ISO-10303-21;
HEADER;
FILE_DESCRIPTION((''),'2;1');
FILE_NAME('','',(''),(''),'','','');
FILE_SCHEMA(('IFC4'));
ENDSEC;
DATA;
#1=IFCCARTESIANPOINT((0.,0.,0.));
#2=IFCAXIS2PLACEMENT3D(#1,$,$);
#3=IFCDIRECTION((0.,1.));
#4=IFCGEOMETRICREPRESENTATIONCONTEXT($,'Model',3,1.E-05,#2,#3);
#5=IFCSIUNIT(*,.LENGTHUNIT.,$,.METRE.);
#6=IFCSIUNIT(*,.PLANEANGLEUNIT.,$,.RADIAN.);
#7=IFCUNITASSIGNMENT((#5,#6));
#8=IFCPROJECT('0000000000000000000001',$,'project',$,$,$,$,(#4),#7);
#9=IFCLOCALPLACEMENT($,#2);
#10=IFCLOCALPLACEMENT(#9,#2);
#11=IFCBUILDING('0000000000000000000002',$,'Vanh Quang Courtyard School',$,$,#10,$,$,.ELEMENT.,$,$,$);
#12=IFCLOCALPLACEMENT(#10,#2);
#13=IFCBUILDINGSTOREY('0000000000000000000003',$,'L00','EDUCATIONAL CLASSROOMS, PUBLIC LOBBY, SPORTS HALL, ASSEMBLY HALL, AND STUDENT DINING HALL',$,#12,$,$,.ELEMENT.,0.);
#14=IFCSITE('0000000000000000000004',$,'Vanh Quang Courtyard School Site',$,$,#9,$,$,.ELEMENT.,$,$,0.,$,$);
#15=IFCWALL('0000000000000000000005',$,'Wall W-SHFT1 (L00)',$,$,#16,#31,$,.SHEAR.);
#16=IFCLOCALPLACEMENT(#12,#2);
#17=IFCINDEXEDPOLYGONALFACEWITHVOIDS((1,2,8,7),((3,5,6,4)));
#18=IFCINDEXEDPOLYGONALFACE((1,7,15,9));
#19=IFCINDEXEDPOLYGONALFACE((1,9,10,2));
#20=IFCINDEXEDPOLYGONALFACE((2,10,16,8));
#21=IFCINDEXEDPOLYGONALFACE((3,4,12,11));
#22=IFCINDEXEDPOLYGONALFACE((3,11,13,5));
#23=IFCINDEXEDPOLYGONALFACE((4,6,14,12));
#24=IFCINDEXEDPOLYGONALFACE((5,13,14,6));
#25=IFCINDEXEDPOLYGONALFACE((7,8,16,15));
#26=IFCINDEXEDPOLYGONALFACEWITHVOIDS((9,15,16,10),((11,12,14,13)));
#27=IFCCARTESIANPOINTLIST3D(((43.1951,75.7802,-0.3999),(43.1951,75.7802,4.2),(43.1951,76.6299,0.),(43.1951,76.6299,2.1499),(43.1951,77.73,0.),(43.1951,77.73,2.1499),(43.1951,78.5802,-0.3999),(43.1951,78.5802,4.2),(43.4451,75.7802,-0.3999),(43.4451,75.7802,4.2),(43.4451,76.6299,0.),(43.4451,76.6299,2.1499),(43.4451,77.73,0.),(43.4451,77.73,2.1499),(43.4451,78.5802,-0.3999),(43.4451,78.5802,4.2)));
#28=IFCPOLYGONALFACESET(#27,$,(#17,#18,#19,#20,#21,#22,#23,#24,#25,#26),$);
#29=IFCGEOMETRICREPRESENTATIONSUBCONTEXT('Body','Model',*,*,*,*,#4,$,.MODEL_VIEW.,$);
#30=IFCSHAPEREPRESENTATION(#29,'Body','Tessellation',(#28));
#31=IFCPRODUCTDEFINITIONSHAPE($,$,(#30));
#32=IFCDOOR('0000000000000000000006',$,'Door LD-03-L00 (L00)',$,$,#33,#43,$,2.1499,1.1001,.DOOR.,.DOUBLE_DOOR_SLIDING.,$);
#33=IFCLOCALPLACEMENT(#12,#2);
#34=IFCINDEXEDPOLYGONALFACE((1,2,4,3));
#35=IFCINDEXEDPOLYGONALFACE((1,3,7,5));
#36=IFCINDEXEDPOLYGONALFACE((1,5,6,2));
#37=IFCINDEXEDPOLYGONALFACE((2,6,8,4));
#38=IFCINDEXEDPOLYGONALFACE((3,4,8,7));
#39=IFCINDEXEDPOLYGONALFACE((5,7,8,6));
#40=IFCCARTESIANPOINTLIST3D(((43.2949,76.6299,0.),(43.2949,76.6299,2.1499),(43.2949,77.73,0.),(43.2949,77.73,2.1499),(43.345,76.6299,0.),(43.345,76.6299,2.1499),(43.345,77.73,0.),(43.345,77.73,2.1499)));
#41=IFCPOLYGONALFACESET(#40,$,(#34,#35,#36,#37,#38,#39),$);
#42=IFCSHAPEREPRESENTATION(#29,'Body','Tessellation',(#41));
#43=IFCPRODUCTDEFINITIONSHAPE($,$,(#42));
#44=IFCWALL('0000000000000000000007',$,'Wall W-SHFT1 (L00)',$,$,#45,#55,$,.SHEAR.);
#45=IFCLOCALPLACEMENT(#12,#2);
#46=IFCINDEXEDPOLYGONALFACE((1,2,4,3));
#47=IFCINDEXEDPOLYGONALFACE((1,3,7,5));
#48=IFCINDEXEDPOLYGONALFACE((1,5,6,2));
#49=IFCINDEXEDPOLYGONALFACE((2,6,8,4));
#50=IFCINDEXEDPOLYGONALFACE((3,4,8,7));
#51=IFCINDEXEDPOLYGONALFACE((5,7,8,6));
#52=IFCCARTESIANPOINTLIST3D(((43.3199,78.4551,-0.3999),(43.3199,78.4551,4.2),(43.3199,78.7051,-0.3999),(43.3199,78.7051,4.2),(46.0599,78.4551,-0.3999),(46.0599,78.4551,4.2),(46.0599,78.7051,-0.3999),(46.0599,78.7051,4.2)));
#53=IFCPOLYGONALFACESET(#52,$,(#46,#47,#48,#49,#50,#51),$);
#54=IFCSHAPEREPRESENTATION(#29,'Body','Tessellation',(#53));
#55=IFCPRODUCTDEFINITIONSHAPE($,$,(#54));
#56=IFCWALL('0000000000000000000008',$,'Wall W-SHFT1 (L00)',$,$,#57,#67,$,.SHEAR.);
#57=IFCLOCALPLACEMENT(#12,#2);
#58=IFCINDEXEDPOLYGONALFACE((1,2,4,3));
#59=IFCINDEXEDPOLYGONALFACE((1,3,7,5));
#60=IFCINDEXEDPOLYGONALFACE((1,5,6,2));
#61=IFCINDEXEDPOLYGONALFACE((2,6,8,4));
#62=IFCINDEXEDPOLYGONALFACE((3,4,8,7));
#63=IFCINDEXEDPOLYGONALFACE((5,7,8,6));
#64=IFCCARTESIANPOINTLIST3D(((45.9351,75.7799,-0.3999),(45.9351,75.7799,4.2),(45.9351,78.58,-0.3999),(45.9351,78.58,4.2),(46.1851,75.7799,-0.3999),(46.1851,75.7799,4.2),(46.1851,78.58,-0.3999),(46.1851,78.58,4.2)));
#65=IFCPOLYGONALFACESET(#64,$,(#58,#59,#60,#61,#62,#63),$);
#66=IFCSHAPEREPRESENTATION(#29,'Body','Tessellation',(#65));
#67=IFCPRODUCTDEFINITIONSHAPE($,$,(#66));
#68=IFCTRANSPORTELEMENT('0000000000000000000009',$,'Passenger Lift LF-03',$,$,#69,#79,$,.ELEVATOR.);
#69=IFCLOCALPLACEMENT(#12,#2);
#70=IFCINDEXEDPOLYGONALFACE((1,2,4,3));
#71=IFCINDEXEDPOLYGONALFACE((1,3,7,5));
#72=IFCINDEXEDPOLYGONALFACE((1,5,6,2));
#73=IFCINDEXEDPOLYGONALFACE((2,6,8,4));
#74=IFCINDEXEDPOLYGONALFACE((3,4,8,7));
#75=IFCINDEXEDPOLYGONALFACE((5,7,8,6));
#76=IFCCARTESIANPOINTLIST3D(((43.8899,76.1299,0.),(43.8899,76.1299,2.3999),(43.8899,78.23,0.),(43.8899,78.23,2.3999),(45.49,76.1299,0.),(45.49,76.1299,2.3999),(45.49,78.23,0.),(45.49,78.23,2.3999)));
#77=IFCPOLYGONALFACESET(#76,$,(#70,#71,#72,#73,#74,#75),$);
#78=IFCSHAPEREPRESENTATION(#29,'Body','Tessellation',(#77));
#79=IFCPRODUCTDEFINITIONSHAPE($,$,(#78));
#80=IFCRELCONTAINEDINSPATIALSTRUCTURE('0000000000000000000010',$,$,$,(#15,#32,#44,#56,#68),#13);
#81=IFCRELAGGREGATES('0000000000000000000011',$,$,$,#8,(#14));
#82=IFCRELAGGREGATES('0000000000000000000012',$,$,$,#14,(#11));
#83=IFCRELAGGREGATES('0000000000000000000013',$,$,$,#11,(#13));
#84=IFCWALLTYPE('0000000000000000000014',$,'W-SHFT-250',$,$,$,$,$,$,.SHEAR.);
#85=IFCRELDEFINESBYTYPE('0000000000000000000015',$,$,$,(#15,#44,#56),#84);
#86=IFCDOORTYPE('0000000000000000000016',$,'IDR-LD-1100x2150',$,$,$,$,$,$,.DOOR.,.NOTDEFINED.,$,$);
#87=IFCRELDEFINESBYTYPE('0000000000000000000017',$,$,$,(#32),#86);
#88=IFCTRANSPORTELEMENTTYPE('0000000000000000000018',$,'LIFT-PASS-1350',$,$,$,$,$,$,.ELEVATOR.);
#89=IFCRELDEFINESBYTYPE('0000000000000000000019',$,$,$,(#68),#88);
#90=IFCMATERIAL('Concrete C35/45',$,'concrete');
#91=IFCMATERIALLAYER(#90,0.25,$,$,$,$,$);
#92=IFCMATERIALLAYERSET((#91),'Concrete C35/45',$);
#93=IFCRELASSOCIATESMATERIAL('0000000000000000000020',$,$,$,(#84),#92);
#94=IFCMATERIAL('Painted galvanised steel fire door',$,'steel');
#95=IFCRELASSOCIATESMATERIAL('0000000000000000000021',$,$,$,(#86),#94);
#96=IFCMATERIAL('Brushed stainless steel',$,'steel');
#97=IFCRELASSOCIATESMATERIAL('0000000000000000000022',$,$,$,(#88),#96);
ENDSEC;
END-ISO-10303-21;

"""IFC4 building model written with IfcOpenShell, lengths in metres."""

from ifc_helpers import new_model, si_unit, direction, frame, frame_2d, origin, origin_2d, place, context, subcontext, project, spatial, rectangle, extrude, material, layer, layer_set, type_object, element, fill, save


model = new_model("IFC4")

# Units and contexts
model_context = context("Model", 3, precision=1e-05, world=origin(), true_north=direction((0.0, 1.0)))
body_context = subcontext(model_context, "Body", "Model", "MODEL_VIEW")
ifc_project = project(units=[si_unit("LENGTHUNIT", "METRE"), si_unit("PLANEANGLEUNIT", "RADIAN")], contexts=[model_context])

# Site, building, storey
site_placement = place(None, origin())
site = spatial("IfcSite", under=ifc_project, at=site_placement, Name="Vanh Quang Courtyard School Site", CompositionType="ELEMENT", RefElevation=0.0)
building_placement = place(site_placement, origin())
building = spatial("IfcBuilding", under=site, at=building_placement, Name="Vanh Quang Courtyard School", CompositionType="ELEMENT")
storey_placement = place(building_placement, origin())
storey = spatial("IfcBuildingStorey", under=building, at=storey_placement, Name="L00", Description="EDUCATIONAL CLASSROOMS, PUBLIC LOBBY, SPORTS HALL, ASSEMBLY HALL, AND STUDENT DINING HALL", CompositionType="ELEMENT", Elevation=0.0)

# Shared definitions
ifc_material_1 = material(Name="Concrete C35/45", Category="concrete")

# Wall, opening, door
ifc_material_2 = material(Name="Painted galvanised steel fire door", Category="steel")
ifc_layer_1 = layer(ifc_material_1, 0.25)
ifc_layer_set_1 = layer_set([ifc_layer_1], Name="Concrete C35/45")
wall_type_1 = type_object("IfcWallType", Name="W-SHFT-250", PredefinedType="SHEAR", material=ifc_layer_set_1)
wall_1_placement = place(storey_placement, frame((43.3201, 78.5801, -0.3999), z_axis=(0.0, 0.0, 1.0), x_axis=(0.0, -1.0, 0.0)))
wall_1 = element("IfcWall", 1, at=wall_1_placement, inside=storey, type_object=wall_type_1, Name="Wall W-SHFT1 (L00)", PredefinedType="SHEAR", context=body_context, shape_type="SweptSolid", body=[
    extrude(rectangle(XDim=2.8, YDim=0.25, at=frame_2d((1.3999, 0.0))), origin(), (0.0, 0.0, 1.0), 4.5999),
])
opening_1_placement = place(wall_1_placement, frame((0.8501, 0.0, 0.3999)))
opening_1 = element("IfcOpeningElement", 2, at=opening_1_placement, cuts=wall_1, PredefinedType="OPENING", context=body_context, shape_type="SweptSolid", body=[
    extrude(rectangle(XDim=1.1001, YDim=2.1499, at=frame_2d((0.55, 1.075))), frame((0.0, 0.135, 0.0), z_axis=(0.0, -1.0, 0.0), x_axis=(1.0, 0.0, 0.0)), (0.0, 0.0, 1.0), 0.27),
])
door_type_1 = type_object("IfcDoorType", Name="IDR-LD-1100x2150", OperationType="NOTDEFINED", PredefinedType="DOOR", material=ifc_material_2)
door_1_placement = place(opening_1_placement, origin())
door_1 = element("IfcDoor", 3, at=door_1_placement, inside=storey, type_object=door_type_1, Name="Door LD-03-L00 (L00)", OperationType="DOUBLE_DOOR_SLIDING", OverallHeight=2.1499, OverallWidth=1.1001, PredefinedType="DOOR", context=body_context, shape_type="SweptSolid", body=[
    extrude(rectangle(XDim=1.1001, YDim=2.1499, at=frame_2d((0.55, 1.075))), frame((0.0, 0.0249, 0.0), z_axis=(0.0, -1.0, 0.0), x_axis=(1.0, 0.0, 0.0)), (0.0, 0.0, 1.0), 0.05),
])
fill(opening_1, door_1)

# Walls
wall_2_placement = place(storey_placement, frame((46.0601, 78.5801, -0.3999), z_axis=(0.0, 0.0, 1.0), x_axis=(-1.0, 0.0, 0.0)))
element("IfcWall", 4, at=wall_2_placement, inside=storey, type_object=wall_type_1, Name="Wall W-SHFT1 (L00)", PredefinedType="SHEAR", context=body_context, shape_type="SweptSolid", body=[
    extrude(rectangle(XDim=2.74, YDim=0.25, at=frame_2d((1.3701, 0.0))), origin(), (0.0, 0.0, 1.0), 4.5999),
])
wall_3_placement = place(storey_placement, frame((46.0601, 75.78, -0.3999), z_axis=(0.0, 0.0, 1.0), x_axis=(0.0, 1.0, 0.0)))
element("IfcWall", 5, at=wall_3_placement, inside=storey, type_object=wall_type_1, Name="Wall W-SHFT1 (L00)", PredefinedType="SHEAR", context=body_context, shape_type="SweptSolid", body=[
    extrude(rectangle(XDim=2.8, YDim=0.25, at=frame_2d((1.3999, 0.0))), origin(), (0.0, 0.0, 1.0), 4.5999),
])

# Transport element
ifc_material_3 = material(Name="Brushed stainless steel", Category="steel")
transport_element_type = type_object("IfcTransportElementType", Name="LIFT-PASS-1350", PredefinedType="ELEVATOR", material=ifc_material_3)
transport_element_placement = place(storey_placement, frame((44.6899, 77.1799, 0.0), z_axis=(0.0, 0.0, 1.0), x_axis=(1.0, 0.0, 0.0)))
element("IfcTransportElement", 6, at=transport_element_placement, inside=storey, type_object=transport_element_type, Name="Passenger Lift LF-03", PredefinedType="ELEVATOR", context=body_context, shape_type="SweptSolid", body=[
    extrude(rectangle(XDim=1.6001, YDim=2.1001, at=origin_2d()), origin(), (0.0, 0.0, 1.0), 2.3999),
])

save(model, "model.ifc")
